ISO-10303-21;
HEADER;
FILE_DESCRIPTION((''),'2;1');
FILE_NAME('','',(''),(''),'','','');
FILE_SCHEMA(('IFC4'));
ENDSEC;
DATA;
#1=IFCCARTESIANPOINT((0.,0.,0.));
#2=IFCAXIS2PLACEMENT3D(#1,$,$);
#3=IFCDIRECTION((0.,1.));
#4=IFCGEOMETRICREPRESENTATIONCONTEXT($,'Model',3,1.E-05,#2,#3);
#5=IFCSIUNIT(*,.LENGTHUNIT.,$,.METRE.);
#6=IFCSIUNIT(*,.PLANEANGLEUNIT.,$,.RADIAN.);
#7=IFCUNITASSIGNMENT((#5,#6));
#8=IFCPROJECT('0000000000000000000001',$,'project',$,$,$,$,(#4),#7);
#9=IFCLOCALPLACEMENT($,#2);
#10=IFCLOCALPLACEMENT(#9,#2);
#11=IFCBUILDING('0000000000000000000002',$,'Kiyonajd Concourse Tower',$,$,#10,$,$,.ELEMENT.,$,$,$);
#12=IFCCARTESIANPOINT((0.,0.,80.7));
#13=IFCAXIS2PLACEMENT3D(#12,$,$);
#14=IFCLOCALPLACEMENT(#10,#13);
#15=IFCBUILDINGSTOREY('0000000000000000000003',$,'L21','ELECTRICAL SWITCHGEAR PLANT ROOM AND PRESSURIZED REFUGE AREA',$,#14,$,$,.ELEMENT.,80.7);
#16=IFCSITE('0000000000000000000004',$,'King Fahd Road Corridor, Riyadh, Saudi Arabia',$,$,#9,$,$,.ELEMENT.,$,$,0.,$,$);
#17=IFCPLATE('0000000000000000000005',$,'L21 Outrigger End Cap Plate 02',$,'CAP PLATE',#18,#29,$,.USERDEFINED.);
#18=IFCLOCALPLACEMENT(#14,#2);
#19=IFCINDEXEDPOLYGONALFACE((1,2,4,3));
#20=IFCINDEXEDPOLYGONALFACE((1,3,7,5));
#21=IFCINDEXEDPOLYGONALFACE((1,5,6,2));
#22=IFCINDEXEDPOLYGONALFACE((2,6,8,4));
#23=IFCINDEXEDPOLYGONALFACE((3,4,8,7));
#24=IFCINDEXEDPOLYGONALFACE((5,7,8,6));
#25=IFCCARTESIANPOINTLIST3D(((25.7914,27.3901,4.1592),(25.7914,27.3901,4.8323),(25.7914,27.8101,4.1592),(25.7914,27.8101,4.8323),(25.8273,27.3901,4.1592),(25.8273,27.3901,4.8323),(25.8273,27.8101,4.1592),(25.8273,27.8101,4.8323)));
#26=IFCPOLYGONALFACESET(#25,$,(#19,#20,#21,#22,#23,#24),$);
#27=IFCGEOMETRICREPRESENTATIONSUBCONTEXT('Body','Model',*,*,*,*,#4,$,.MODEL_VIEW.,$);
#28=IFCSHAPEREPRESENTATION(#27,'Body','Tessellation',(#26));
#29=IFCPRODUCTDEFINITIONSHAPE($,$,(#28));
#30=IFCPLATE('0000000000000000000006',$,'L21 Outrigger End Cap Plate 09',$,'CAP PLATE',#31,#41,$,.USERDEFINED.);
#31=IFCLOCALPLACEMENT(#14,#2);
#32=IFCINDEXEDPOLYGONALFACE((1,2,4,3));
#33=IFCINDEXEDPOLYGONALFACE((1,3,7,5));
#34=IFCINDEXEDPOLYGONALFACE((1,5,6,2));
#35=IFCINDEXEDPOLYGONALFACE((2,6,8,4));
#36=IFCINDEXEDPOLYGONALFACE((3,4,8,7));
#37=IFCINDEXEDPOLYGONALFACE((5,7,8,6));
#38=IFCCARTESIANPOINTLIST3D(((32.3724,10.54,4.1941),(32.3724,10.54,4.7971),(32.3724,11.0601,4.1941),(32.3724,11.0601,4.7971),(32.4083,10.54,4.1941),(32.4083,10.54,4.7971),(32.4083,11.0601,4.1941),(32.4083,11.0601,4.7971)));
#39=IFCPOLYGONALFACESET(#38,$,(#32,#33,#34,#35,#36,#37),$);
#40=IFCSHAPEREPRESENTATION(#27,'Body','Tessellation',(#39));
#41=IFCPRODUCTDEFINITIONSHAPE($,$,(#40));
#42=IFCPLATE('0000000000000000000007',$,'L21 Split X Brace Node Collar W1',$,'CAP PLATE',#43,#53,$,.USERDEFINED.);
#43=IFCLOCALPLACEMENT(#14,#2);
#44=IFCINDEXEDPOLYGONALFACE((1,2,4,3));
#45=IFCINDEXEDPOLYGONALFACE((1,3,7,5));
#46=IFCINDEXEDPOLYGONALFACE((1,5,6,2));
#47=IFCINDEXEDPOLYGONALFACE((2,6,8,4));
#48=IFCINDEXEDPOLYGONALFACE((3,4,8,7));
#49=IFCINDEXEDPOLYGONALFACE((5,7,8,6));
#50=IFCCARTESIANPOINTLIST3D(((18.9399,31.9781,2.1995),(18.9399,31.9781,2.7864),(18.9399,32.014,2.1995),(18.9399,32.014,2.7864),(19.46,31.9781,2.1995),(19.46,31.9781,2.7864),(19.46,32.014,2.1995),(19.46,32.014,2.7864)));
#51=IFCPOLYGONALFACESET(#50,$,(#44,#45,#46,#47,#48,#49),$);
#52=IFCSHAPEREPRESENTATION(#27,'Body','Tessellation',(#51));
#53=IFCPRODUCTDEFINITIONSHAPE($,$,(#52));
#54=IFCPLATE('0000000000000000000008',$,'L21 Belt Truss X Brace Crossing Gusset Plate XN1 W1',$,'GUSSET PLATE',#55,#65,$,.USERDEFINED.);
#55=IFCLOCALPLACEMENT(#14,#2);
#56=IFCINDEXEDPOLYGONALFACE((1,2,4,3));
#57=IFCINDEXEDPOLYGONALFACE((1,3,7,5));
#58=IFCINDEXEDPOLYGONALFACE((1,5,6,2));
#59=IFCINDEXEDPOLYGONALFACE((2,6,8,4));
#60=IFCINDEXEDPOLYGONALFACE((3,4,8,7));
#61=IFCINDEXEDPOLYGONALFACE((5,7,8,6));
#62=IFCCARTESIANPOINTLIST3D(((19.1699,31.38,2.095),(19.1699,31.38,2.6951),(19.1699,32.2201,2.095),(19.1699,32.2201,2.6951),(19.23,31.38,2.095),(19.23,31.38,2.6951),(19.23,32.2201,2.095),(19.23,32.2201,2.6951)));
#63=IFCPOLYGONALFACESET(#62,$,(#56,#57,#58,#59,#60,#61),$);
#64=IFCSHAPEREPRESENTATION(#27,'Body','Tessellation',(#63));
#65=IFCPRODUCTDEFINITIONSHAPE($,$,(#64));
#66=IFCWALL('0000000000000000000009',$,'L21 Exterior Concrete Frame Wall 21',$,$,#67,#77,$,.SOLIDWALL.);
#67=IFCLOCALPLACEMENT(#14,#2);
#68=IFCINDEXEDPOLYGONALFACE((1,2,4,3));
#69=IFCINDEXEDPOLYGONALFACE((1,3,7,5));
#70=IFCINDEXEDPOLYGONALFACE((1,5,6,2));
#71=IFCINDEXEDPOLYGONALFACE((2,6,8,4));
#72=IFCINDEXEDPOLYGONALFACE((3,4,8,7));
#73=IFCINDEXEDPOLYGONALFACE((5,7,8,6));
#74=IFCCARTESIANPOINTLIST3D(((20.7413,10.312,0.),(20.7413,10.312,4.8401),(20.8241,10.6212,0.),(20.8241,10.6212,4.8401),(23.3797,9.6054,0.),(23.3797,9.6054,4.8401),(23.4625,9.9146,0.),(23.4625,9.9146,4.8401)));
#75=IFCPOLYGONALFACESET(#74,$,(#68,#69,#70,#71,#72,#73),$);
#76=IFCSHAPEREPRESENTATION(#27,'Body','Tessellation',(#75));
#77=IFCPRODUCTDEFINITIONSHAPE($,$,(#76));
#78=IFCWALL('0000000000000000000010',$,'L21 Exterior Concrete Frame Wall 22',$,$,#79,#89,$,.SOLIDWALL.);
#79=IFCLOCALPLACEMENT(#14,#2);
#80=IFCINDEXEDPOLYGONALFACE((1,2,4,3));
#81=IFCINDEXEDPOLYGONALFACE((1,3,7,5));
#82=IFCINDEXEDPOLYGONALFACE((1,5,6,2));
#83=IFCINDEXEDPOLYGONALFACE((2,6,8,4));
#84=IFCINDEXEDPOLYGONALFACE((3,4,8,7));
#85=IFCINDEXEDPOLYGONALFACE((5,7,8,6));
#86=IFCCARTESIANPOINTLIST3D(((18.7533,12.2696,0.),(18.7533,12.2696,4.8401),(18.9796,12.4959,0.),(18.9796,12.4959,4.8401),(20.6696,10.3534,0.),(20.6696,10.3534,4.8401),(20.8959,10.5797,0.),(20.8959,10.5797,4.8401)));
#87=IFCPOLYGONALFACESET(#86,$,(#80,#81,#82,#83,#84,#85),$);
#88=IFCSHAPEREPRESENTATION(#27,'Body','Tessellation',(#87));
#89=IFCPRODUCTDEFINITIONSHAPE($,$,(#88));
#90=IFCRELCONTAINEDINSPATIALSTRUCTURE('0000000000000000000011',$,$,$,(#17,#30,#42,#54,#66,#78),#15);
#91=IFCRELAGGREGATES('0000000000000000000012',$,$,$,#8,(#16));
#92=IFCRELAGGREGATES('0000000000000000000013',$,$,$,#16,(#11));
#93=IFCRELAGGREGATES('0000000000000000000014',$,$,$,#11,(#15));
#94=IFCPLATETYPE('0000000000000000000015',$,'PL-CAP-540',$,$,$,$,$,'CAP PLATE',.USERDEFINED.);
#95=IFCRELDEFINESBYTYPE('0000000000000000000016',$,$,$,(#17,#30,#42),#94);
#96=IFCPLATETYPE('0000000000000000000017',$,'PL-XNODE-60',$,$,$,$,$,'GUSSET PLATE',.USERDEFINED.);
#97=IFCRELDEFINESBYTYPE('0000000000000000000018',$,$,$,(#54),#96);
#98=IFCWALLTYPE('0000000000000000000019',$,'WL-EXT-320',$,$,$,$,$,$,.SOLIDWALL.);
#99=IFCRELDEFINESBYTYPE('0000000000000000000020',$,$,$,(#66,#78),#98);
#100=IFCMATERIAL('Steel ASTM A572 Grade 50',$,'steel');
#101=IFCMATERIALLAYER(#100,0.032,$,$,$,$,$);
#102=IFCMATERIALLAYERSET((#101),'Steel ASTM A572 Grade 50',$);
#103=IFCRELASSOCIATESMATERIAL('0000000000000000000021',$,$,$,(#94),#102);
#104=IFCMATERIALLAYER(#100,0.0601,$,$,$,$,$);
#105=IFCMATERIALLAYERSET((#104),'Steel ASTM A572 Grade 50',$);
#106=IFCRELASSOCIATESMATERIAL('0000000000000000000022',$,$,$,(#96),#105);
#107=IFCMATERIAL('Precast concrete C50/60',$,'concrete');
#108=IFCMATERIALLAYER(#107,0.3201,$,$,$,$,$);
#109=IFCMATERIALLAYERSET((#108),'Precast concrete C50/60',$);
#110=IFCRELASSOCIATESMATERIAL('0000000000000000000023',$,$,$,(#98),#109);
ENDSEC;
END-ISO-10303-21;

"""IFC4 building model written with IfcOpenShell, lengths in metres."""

from ifc_helpers import new_model, si_unit, direction, frame, frame_2d, origin, origin_2d, place, context, subcontext, project, spatial, rectangle, extrude, material, layer, layer_set, type_object, element, save


model = new_model("IFC4")

# Units and contexts
model_context = context("Model", 3, precision=1e-05, world=origin(), true_north=direction((0.0, 1.0)))
body_context = subcontext(model_context, "Body", "Model", "MODEL_VIEW")
ifc_project = project(units=[si_unit("LENGTHUNIT", "METRE"), si_unit("PLANEANGLEUNIT", "RADIAN")], contexts=[model_context])

# Site, building, storey
site_placement = place(None, origin())
site = spatial("IfcSite", under=ifc_project, at=site_placement, Name="King Fahd Road Corridor, Riyadh, Saudi Arabia", CompositionType="ELEMENT", RefElevation=0.0)
building_placement = place(site_placement, origin())
building = spatial("IfcBuilding", under=site, at=building_placement, Name="Kiyonajd Concourse Tower", CompositionType="ELEMENT")
storey_placement = place(building_placement, frame((0.0, 0.0, 80.7)))
storey = spatial("IfcBuildingStorey", under=building, at=storey_placement, Name="L21", Description="ELECTRICAL SWITCHGEAR PLANT ROOM AND PRESSURIZED REFUGE AREA", CompositionType="ELEMENT", Elevation=80.7)

# Shared definitions
ifc_material_1 = material(Name="Steel ASTM A572 Grade 50", Category="steel")

# Plates
ifc_layer_1 = layer(ifc_material_1, 0.032)
ifc_layer_set_1 = layer_set([ifc_layer_1], Name="Steel ASTM A572 Grade 50")
plate_type_1 = type_object("IfcPlateType", Name="PL-CAP-540", ElementType="CAP PLATE", PredefinedType="USERDEFINED", material=ifc_layer_set_1)
plate_1_placement = place(storey_placement, frame((25.8093, 27.6001, 4.1592), z_axis=(0.0, 0.0, 1.0), x_axis=(1.0, 0.0, 0.0)))
element("IfcPlate", 1, at=plate_1_placement, inside=storey, type_object=plate_type_1, Name="L21 Outrigger End Cap Plate 02", ObjectType="CAP PLATE", PredefinedType="USERDEFINED", context=body_context, shape_type="SweptSolid", body=[
    extrude(rectangle(XDim=0.0359, YDim=0.4199, at=origin_2d()), origin(), (0.0, 0.0, 1.0), 0.6731),
])
plate_2_placement = place(storey_placement, frame((32.3904, 10.8, 4.1941), z_axis=(0.0, 0.0, 1.0), x_axis=(-1.0, 0.0, 0.0)))
element("IfcPlate", 2, at=plate_2_placement, inside=storey, type_object=plate_type_1, Name="L21 Outrigger End Cap Plate 09", ObjectType="CAP PLATE", PredefinedType="USERDEFINED", context=body_context, shape_type="SweptSolid", body=[
    extrude(rectangle(XDim=0.0359, YDim=0.52, at=origin_2d()), origin(), (0.0, 0.0, 1.0), 0.603),
])
plate_3_placement = place(storey_placement, frame((19.2, 31.9961, 2.1995), z_axis=(0.0, 0.0, 1.0), x_axis=(0.0, -1.0, 0.0)))
element("IfcPlate", 3, at=plate_3_placement, inside=storey, type_object=plate_type_1, Name="L21 Split X Brace Node Collar W1", ObjectType="CAP PLATE", PredefinedType="USERDEFINED", context=body_context, shape_type="SweptSolid", body=[
    extrude(rectangle(XDim=0.0359, YDim=0.52, at=origin_2d()), origin(), (0.0, 0.0, 1.0), 0.5869),
])
ifc_layer_2 = layer(ifc_material_1, 0.0601)
ifc_layer_set_2 = layer_set([ifc_layer_2], Name="Steel ASTM A572 Grade 50")
plate_type_2 = type_object("IfcPlateType", Name="PL-XNODE-60", ElementType="GUSSET PLATE", PredefinedType="USERDEFINED", material=ifc_layer_set_2)
plate_4_placement = place(storey_placement, frame((19.2, 31.8, 2.095), z_axis=(0.0, 0.0, 1.0), x_axis=(1.0, 0.0, 0.0)))
element("IfcPlate", 4, at=plate_4_placement, inside=storey, type_object=plate_type_2, Name="L21 Belt Truss X Brace Crossing Gusset Plate XN1 W1", ObjectType="GUSSET PLATE", PredefinedType="USERDEFINED", context=body_context, shape_type="SweptSolid", body=[
    extrude(rectangle(XDim=0.0601, YDim=0.8401, at=origin_2d()), origin(), (0.0, 0.0, 1.0), 0.6001),
])

# Walls
ifc_material_2 = material(Name="Precast concrete C50/60", Category="concrete")
ifc_layer_3 = layer(ifc_material_2, 0.3201)
ifc_layer_set_3 = layer_set([ifc_layer_3], Name="Precast concrete C50/60")
wall_type = type_object("IfcWallType", Name="WL-EXT-320", PredefinedType="SOLIDWALL", material=ifc_layer_set_3)
wall_1_placement = place(storey_placement, frame((23.4211, 9.76, 0.0), z_axis=(0.0, 0.0, 1.0), x_axis=(-0.965964, 0.258675, 0.0)))
element("IfcWall", 5, at=wall_1_placement, inside=storey, type_object=wall_type, Name="L21 Exterior Concrete Frame Wall 21", PredefinedType="SOLIDWALL", context=body_context, shape_type="SweptSolid", body=[
    extrude(rectangle(XDim=2.7314, YDim=0.3201, at=frame_2d((1.3657, 0.0))), origin(), (0.0, 0.0, 1.0), 4.8401),
])
wall_2_placement = place(storey_placement, frame((20.7827, 10.4666, 0.0), z_axis=(0.0, 0.0, 1.0), x_axis=(-0.707107, 0.707107, 0.0)))
element("IfcWall", 6, at=wall_2_placement, inside=storey, type_object=wall_type, Name="L21 Exterior Concrete Frame Wall 22", PredefinedType="SOLIDWALL", context=body_context, shape_type="SweptSolid", body=[
    extrude(rectangle(XDim=2.71, YDim=0.3201, at=frame_2d((1.355, 0.0))), origin(), (0.0, 0.0, 1.0), 4.8401),
])

save(model, "model.ifc")
